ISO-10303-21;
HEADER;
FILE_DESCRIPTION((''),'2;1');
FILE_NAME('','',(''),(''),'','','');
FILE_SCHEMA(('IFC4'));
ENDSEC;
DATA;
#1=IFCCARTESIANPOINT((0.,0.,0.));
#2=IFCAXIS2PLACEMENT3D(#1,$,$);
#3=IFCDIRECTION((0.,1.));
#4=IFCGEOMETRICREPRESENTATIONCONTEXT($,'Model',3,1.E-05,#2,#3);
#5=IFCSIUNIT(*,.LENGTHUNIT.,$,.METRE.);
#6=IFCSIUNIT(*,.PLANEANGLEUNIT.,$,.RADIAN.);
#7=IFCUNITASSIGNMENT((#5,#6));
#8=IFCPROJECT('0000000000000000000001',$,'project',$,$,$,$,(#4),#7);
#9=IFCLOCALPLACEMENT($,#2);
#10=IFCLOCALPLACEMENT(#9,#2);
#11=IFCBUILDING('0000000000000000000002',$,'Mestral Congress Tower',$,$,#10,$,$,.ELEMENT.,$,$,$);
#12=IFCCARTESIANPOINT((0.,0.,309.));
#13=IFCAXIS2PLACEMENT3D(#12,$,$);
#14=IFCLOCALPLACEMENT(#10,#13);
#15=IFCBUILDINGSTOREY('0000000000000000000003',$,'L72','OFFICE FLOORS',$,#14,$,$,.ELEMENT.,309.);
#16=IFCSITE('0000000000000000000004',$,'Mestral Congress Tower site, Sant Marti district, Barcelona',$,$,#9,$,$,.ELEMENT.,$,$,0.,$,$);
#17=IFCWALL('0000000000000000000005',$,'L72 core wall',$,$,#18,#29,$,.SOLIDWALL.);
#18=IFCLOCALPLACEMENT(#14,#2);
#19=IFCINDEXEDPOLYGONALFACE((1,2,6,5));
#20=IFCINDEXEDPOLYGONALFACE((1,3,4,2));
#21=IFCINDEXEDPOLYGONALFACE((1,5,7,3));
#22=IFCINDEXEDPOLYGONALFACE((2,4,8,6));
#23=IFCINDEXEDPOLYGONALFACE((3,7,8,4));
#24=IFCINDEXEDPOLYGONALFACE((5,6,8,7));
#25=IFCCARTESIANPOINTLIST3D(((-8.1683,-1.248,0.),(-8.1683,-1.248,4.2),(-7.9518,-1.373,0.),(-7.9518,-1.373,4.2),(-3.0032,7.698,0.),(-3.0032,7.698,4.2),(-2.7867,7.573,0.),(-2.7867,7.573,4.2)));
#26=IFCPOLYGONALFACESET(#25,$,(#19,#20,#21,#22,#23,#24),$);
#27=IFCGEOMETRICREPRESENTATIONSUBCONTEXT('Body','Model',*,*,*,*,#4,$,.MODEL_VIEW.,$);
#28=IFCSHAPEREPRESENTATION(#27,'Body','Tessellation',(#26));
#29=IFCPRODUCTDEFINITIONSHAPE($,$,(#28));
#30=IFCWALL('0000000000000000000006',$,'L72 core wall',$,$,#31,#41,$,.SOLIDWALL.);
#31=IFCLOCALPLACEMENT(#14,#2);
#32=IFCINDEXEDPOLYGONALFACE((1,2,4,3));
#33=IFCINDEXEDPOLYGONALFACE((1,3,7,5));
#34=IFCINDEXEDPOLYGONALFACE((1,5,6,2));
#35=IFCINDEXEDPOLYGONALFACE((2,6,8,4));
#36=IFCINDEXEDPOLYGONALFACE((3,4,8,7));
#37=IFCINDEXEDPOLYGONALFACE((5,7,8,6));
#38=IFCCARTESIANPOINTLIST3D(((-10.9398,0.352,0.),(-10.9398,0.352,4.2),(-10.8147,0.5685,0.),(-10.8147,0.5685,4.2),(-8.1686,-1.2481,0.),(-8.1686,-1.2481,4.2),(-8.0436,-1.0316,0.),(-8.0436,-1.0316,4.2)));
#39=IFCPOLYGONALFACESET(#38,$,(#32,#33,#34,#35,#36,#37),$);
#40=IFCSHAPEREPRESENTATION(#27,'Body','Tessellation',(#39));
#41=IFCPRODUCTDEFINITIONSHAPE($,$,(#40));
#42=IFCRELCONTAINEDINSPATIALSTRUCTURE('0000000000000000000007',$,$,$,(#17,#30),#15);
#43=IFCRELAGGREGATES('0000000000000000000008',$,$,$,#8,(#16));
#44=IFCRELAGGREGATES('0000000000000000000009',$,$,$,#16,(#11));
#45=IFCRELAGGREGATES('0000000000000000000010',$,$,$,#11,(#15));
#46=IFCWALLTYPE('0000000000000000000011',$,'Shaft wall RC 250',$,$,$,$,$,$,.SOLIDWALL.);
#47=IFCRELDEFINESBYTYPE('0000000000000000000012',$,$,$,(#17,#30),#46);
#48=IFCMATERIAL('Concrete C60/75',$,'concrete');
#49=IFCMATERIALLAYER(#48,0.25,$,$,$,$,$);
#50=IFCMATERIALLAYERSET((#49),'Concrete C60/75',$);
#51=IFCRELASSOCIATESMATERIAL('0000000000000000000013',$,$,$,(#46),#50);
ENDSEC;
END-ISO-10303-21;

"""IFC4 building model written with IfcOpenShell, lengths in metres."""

from ifc_helpers import new_model, si_unit, direction, frame, frame_2d, origin, place, context, subcontext, project, spatial, rectangle, extrude, material, layer, layer_set, type_object, element, save


model = new_model("IFC4")

# Units and contexts
model_context = context("Model", 3, precision=1e-05, world=origin(), true_north=direction((0.0, 1.0)))
body_context = subcontext(model_context, "Body", "Model", "MODEL_VIEW")
ifc_project = project(units=[si_unit("LENGTHUNIT", "METRE"), si_unit("PLANEANGLEUNIT", "RADIAN")], contexts=[model_context])

# Site, building, storey
site_placement = place(None, origin())
site = spatial("IfcSite", under=ifc_project, at=site_placement, Name="Mestral Congress Tower site, Sant Marti district, Barcelona", CompositionType="ELEMENT", RefElevation=0.0)
building_placement = place(site_placement, origin())
building = spatial("IfcBuilding", under=site, at=building_placement, Name="Mestral Congress Tower", CompositionType="ELEMENT")
storey_placement = place(building_placement, frame((0.0, 0.0, 309.0)))
storey = spatial("IfcBuildingStorey", under=building, at=storey_placement, Name="L72", Description="OFFICE FLOORS", CompositionType="ELEMENT", Elevation=309.0)

# Shared definitions
ifc_material_1 = material(Name="Concrete C60/75", Category="concrete")

# Walls
ifc_layer_1 = layer(ifc_material_1, 0.25)
ifc_layer_set_1 = layer_set([ifc_layer_1], Name="Concrete C60/75")
wall_type_1 = type_object("IfcWallType", Name="Shaft wall RC 250", PredefinedType="SOLIDWALL", material=ifc_layer_set_1)
wall_1_placement = place(storey_placement, frame((-8.0601, -1.3105, 0.0), z_axis=(0.0, 0.0, 1.0), x_axis=(0.500003, 0.866024, 0.0)))
element("IfcWall", 1, at=wall_1_placement, inside=storey, type_object=wall_type_1, Name="L72 core wall", PredefinedType="SOLIDWALL", context=body_context, shape_type="SweptSolid", body=[
    extrude(rectangle(XDim=10.3301, YDim=0.25, at=frame_2d((5.165, 0.0))), origin(), (0.0, 0.0, 1.0), 4.2),
])
wall_2_placement = place(storey_placement, frame((-8.106, -1.1399, 0.0), z_axis=(0.0, 0.0, 1.0), x_axis=(-0.866009, 0.500028, 0.0)))
element("IfcWall", 2, at=wall_2_placement, inside=storey, type_object=wall_type_1, Name="L72 core wall", PredefinedType="SOLIDWALL", context=body_context, shape_type="SweptSolid", body=[
    extrude(rectangle(XDim=3.2, YDim=0.25, at=frame_2d((1.6001, 0.0))), origin(), (0.0, 0.0, 1.0), 4.2),
])

save(model, "model.ifc")
